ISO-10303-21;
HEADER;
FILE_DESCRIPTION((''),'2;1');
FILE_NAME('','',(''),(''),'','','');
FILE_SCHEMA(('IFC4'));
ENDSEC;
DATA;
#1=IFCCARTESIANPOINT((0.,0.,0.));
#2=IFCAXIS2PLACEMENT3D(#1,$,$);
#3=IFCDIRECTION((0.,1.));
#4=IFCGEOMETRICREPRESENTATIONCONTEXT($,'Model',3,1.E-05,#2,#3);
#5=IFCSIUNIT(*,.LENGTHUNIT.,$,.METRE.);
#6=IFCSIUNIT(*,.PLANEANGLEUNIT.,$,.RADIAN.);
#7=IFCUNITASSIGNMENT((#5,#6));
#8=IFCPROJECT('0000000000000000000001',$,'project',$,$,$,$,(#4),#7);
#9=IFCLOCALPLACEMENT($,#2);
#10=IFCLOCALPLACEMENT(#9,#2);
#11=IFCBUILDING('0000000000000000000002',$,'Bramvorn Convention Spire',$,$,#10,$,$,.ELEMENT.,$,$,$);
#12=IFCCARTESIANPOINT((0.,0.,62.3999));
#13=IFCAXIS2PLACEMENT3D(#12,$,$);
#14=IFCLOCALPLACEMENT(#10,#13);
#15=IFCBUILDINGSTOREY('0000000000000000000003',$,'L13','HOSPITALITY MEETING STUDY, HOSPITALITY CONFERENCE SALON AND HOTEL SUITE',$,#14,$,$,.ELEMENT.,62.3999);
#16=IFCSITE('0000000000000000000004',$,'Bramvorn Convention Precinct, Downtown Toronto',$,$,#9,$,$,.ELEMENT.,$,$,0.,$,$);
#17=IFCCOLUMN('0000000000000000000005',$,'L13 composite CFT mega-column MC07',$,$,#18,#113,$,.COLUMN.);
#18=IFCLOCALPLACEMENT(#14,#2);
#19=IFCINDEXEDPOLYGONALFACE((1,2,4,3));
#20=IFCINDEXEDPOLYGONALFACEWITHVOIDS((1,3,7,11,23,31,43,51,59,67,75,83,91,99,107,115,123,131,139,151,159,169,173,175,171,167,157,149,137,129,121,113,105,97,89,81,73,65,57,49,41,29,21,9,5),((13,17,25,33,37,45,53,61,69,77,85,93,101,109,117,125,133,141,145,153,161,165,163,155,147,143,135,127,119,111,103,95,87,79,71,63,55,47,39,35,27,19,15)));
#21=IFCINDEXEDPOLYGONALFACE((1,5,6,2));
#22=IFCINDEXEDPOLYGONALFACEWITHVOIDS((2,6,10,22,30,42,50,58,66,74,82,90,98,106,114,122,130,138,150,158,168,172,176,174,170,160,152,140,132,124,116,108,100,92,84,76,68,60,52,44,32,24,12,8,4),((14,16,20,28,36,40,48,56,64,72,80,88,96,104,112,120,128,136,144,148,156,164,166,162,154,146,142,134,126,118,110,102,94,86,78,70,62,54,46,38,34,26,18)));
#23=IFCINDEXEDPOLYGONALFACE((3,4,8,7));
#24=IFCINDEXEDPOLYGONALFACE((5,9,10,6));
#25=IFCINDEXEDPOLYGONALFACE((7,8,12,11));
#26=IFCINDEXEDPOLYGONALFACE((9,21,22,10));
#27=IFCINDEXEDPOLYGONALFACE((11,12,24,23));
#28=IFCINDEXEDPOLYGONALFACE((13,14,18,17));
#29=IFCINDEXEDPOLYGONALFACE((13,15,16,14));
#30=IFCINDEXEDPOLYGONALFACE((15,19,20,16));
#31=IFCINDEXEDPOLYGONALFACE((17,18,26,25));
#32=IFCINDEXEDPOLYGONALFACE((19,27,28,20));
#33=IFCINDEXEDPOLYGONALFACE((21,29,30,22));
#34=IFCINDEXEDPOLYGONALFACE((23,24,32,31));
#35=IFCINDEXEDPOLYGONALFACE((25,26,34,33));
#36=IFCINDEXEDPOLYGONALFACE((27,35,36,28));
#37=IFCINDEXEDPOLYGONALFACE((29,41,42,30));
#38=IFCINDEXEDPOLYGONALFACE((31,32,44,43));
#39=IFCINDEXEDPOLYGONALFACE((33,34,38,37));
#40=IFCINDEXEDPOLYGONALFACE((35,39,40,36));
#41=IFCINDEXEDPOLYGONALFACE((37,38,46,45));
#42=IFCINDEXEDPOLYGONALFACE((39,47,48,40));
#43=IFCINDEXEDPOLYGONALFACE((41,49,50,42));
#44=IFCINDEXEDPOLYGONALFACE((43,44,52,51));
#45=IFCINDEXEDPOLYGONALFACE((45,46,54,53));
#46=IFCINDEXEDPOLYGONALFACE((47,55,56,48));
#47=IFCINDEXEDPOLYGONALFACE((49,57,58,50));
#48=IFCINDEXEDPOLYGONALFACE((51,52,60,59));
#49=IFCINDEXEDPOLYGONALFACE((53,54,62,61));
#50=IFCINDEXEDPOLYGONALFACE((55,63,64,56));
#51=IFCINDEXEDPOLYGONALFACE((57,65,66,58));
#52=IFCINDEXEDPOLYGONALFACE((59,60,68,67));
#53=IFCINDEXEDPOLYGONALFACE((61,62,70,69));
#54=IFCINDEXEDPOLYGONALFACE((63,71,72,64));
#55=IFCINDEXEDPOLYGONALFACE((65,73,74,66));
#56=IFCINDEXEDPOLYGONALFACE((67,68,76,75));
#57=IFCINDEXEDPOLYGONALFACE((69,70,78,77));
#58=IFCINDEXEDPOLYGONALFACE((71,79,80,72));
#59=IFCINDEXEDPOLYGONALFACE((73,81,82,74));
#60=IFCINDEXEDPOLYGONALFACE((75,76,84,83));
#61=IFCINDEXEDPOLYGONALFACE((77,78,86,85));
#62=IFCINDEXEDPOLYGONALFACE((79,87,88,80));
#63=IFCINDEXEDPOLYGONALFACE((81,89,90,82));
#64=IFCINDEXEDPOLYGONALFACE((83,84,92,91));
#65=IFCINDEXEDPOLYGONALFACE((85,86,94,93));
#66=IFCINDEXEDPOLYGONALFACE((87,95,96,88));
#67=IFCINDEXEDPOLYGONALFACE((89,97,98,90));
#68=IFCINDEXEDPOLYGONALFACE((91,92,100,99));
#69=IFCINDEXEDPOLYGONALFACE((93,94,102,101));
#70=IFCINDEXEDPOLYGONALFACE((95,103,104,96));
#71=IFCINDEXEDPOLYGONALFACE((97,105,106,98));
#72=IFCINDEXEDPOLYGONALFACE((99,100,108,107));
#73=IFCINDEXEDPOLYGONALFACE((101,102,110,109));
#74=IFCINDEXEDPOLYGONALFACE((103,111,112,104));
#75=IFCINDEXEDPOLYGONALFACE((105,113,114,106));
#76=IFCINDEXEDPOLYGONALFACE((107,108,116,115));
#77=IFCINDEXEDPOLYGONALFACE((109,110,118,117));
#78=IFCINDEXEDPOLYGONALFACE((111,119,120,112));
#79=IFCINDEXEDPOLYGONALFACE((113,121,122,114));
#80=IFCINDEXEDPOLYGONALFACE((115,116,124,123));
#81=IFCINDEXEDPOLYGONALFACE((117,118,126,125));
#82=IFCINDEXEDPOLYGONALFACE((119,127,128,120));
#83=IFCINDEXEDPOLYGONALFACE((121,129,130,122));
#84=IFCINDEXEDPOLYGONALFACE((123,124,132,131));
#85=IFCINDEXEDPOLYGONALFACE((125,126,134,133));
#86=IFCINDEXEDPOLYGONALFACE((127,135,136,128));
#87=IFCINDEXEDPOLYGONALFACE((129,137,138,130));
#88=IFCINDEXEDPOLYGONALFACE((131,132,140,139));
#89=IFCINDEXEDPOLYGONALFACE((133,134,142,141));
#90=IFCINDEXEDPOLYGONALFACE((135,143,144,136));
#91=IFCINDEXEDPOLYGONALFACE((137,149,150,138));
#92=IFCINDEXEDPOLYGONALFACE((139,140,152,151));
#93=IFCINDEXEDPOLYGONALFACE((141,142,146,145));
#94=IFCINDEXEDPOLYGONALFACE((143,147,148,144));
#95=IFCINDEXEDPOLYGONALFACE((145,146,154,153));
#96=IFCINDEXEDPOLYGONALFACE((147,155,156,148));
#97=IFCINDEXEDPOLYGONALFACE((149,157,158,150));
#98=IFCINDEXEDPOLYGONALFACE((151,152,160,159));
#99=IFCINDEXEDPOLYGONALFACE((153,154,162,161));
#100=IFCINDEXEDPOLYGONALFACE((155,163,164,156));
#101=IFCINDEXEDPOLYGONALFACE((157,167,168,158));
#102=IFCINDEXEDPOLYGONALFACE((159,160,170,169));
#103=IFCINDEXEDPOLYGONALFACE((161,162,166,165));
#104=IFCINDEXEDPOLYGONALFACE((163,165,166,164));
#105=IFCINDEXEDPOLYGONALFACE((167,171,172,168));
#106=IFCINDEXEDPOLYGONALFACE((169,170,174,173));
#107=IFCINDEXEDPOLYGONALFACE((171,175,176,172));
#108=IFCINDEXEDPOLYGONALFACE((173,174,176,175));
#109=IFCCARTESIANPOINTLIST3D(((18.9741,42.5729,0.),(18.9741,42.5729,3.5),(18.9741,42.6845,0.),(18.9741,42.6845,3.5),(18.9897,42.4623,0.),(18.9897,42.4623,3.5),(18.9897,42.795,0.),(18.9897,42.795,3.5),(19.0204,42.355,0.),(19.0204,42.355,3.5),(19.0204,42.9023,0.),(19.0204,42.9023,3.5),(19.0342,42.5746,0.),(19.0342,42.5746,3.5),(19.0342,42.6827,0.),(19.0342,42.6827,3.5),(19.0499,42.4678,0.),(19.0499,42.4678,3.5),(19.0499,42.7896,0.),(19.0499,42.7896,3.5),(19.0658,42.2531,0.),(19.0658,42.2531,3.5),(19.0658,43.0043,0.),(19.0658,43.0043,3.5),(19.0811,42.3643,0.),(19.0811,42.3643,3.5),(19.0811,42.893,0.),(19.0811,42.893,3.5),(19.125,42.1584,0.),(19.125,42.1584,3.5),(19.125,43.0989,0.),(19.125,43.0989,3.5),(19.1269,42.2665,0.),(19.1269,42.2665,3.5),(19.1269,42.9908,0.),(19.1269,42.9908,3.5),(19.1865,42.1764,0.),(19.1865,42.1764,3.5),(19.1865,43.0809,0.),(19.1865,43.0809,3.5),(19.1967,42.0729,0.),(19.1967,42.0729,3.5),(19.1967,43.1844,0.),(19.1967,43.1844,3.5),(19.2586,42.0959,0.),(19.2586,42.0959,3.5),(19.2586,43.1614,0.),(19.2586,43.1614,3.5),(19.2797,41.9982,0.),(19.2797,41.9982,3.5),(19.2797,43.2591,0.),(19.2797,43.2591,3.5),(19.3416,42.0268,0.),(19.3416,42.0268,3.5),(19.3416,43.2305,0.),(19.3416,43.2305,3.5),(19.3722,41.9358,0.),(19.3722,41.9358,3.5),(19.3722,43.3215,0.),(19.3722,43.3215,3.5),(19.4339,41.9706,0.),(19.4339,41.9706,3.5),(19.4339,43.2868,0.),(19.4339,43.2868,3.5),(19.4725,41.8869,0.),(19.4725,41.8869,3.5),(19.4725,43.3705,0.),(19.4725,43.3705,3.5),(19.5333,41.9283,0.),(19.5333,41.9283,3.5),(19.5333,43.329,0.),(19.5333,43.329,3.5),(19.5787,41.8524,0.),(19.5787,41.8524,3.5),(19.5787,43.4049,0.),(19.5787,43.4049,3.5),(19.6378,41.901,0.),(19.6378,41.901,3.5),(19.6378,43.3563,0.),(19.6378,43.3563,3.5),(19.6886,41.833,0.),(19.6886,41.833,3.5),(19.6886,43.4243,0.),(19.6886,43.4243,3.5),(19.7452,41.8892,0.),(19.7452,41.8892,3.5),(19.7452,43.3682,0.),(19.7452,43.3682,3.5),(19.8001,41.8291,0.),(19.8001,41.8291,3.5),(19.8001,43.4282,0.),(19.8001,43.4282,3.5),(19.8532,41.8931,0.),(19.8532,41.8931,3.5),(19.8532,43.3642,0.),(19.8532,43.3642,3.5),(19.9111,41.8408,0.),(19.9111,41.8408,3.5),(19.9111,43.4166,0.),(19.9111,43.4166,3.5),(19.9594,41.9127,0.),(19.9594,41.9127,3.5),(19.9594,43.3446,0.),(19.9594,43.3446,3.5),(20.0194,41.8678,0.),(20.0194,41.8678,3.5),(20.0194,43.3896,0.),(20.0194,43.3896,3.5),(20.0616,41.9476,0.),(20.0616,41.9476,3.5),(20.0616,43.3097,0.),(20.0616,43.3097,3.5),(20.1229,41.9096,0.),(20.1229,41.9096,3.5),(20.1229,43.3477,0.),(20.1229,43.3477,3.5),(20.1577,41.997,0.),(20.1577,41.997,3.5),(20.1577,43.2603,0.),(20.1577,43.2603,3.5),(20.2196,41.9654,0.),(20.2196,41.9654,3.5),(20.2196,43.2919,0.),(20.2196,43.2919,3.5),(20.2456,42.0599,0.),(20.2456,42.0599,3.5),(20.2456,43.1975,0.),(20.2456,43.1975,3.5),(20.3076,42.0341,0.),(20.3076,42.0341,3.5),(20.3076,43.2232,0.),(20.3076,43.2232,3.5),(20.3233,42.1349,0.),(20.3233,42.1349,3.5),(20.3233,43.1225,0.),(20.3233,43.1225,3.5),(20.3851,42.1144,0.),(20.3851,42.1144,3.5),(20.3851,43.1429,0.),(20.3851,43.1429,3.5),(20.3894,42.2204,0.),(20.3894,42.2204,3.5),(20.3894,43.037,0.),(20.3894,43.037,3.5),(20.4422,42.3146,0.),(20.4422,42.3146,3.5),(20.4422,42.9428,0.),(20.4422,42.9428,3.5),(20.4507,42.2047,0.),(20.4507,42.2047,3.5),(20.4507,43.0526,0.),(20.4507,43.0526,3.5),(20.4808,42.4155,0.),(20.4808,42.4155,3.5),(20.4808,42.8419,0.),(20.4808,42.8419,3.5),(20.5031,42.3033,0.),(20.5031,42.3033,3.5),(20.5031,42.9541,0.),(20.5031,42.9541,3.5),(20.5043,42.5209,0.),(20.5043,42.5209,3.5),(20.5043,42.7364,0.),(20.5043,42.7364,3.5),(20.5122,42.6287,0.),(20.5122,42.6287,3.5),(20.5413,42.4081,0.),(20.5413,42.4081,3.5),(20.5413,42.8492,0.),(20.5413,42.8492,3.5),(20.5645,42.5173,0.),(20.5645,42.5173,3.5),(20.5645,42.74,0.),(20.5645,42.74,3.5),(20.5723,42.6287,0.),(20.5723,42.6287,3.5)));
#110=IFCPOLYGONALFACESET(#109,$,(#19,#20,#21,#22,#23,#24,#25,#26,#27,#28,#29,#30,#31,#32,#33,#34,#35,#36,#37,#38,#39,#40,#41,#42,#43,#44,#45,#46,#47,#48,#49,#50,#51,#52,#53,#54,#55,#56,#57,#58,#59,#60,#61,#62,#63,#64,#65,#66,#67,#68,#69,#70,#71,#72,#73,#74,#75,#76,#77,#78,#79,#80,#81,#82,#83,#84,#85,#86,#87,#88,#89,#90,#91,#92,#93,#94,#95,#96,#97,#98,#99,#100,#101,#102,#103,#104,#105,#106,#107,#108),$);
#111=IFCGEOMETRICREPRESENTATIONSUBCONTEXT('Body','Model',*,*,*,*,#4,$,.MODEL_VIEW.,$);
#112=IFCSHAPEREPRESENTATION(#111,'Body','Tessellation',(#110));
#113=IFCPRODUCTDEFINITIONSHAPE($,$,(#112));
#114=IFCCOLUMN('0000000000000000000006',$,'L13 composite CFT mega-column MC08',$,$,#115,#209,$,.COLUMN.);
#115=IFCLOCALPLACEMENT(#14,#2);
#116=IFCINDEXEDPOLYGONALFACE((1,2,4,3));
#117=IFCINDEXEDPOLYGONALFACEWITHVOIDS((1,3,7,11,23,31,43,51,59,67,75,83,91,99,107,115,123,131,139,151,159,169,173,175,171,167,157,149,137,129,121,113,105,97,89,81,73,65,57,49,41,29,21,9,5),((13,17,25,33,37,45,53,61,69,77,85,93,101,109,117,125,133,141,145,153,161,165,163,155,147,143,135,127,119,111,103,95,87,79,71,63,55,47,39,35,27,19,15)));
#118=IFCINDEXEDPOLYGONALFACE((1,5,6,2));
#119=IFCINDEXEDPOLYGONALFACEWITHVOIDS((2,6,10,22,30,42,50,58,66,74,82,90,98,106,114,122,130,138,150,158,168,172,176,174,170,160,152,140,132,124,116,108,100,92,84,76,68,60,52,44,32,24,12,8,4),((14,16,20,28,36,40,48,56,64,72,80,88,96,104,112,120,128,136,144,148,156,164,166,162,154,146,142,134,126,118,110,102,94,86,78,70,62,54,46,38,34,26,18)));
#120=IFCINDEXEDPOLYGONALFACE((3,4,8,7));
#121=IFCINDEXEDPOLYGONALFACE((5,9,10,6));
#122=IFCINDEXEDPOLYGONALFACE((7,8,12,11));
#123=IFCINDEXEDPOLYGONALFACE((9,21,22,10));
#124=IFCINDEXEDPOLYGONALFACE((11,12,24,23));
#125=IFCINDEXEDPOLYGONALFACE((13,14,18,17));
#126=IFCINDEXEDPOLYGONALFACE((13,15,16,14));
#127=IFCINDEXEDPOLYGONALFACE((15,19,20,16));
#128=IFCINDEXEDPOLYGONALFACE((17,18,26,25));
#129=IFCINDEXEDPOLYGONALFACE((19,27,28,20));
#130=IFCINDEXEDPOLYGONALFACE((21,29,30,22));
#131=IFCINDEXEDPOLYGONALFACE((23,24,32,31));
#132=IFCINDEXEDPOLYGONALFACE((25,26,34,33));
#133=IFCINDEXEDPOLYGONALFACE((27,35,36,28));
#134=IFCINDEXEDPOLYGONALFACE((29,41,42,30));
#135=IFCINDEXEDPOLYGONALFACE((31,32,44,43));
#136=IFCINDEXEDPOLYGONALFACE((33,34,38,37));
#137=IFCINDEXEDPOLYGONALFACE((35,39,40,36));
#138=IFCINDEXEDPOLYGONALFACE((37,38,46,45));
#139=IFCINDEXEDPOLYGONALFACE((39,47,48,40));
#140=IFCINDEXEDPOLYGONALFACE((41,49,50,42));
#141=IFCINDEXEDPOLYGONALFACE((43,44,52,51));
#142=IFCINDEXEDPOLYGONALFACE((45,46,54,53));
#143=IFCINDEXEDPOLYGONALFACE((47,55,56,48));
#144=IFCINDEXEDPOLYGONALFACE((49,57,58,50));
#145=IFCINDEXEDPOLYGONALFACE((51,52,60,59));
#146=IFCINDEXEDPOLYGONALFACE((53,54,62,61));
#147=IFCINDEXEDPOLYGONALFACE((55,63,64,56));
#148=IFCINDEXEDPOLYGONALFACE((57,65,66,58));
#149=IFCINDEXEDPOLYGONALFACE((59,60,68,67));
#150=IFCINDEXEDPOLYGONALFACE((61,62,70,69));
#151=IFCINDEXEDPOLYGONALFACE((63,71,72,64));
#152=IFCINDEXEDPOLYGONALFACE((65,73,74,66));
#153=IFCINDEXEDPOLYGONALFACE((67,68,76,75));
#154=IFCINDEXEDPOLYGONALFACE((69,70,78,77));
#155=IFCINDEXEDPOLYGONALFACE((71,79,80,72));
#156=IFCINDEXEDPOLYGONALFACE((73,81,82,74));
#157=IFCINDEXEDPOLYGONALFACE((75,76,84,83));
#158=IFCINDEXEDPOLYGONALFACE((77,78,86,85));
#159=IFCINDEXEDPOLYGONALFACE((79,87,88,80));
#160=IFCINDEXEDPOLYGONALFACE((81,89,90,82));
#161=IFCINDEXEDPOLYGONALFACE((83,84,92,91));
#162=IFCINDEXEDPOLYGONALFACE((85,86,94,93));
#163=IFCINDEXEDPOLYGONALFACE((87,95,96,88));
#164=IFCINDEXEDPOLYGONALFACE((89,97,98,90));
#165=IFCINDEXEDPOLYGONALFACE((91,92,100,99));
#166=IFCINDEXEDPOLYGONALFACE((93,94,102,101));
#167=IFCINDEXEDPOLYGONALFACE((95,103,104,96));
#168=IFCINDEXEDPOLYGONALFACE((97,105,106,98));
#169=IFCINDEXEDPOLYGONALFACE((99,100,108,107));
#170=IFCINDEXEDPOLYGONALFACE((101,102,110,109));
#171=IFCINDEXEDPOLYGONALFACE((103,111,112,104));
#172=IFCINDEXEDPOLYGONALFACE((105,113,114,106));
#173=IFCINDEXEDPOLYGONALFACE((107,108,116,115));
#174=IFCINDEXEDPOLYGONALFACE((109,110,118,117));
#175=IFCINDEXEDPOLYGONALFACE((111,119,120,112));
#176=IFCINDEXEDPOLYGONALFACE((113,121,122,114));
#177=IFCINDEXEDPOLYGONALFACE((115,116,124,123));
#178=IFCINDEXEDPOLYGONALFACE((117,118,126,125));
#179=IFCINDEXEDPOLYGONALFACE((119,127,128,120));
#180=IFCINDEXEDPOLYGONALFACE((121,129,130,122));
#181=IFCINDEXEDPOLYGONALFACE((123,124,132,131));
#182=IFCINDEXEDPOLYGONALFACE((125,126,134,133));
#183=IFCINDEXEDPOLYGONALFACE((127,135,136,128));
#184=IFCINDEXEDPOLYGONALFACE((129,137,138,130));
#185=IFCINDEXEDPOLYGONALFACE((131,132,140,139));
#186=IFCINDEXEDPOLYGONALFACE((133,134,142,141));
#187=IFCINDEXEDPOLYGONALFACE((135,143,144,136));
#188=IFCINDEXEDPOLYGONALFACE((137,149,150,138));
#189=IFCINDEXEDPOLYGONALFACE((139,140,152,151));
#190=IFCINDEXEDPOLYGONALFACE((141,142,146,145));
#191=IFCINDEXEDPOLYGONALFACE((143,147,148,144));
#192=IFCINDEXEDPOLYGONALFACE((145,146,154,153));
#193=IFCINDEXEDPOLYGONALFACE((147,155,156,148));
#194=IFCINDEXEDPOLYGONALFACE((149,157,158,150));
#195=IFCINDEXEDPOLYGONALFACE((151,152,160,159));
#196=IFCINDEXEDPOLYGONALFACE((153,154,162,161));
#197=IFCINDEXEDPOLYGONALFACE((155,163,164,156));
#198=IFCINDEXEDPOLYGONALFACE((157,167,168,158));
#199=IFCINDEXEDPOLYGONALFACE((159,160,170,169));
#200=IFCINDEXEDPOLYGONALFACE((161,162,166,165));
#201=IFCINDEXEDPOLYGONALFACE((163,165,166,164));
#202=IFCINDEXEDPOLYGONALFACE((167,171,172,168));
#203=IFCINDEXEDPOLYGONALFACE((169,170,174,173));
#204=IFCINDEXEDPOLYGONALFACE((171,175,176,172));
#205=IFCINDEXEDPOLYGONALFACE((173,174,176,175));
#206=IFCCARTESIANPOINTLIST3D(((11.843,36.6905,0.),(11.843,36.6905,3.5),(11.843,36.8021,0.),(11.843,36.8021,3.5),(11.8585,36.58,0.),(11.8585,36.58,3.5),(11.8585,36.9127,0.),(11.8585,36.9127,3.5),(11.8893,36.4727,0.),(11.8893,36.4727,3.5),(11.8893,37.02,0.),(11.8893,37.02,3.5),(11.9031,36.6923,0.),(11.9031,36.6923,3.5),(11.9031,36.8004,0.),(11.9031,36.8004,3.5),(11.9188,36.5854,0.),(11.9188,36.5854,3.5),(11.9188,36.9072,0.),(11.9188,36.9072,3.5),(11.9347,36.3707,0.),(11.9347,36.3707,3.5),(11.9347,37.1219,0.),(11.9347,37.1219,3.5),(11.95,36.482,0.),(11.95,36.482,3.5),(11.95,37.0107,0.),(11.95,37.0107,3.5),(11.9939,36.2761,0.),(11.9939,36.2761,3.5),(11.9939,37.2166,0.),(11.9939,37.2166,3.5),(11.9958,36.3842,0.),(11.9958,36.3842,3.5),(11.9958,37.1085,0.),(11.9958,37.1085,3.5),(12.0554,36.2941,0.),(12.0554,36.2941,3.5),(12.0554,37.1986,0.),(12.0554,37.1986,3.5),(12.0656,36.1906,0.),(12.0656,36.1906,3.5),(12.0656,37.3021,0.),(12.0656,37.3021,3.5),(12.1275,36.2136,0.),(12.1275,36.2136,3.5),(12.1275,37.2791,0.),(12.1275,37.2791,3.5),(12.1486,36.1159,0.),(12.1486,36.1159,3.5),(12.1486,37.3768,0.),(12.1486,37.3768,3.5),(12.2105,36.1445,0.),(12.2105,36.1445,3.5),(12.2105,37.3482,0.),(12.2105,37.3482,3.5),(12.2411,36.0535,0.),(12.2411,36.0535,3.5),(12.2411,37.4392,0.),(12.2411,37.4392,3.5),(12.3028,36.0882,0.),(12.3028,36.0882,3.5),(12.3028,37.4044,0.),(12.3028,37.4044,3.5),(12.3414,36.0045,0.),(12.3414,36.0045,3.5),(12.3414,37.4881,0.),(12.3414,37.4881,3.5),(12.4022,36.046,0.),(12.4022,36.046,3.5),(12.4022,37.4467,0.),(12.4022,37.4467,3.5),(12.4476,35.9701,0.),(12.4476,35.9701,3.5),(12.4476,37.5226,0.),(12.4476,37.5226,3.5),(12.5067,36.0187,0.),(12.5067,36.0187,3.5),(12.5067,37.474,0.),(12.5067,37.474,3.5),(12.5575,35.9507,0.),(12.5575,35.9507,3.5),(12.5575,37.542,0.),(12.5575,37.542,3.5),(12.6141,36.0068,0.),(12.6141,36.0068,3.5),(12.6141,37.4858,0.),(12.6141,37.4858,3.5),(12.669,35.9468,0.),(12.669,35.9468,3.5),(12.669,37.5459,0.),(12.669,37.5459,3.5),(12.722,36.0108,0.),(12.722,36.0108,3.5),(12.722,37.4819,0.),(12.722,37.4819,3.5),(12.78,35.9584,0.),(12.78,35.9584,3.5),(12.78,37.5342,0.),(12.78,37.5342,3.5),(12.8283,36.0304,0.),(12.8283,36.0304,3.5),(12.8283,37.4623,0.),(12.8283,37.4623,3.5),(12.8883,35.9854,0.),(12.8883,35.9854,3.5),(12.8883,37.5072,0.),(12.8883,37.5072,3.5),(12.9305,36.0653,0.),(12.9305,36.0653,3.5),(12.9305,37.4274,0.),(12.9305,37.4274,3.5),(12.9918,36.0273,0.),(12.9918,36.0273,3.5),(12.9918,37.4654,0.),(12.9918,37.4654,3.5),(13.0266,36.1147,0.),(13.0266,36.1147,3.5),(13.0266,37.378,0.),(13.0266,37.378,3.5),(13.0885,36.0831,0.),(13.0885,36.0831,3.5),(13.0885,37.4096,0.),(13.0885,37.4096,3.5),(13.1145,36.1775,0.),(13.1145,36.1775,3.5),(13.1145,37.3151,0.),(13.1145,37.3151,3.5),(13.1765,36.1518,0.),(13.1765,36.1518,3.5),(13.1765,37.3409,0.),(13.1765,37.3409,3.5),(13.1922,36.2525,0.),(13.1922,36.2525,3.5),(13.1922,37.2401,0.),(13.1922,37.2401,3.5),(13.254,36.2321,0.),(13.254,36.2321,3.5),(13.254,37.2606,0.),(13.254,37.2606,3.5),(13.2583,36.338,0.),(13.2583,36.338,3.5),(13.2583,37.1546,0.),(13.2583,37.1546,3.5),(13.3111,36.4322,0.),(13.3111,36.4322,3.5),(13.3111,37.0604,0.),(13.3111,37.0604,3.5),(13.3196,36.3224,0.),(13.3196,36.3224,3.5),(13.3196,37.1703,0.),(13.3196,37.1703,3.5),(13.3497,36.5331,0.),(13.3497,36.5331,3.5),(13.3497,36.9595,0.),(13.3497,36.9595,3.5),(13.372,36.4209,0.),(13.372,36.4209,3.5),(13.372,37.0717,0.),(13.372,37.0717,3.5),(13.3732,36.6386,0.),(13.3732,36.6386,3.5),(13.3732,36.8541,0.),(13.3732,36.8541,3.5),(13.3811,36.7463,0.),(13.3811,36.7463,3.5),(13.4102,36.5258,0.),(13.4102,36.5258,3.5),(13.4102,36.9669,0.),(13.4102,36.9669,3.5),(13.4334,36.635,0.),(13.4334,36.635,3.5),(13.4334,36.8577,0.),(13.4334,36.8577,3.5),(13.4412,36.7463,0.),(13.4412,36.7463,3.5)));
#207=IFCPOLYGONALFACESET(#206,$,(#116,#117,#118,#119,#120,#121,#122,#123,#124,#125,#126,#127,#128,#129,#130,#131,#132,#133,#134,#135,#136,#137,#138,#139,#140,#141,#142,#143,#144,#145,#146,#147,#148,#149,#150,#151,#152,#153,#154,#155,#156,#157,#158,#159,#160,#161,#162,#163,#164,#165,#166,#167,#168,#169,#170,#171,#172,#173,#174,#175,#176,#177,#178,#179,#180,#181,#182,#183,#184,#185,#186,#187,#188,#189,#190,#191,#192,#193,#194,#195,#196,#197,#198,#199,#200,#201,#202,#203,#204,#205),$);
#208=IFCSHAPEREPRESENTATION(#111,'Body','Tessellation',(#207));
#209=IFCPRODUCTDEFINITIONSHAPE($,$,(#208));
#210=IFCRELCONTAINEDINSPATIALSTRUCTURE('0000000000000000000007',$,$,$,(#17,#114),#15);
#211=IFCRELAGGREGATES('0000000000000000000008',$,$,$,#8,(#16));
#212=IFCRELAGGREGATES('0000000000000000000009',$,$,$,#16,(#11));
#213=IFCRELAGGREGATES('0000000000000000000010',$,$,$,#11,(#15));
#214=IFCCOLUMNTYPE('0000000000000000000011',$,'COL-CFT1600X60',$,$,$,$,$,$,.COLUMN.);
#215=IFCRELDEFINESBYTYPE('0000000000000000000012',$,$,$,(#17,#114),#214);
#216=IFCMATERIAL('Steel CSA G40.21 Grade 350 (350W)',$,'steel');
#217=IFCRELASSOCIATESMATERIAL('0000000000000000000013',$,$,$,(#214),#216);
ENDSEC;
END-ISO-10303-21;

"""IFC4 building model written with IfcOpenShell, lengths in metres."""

from ifc_helpers import new_model, si_unit, direction, frame, origin, origin_2d, place, context, subcontext, project, spatial, hollow_circle, extrude, material, material_profile, profile_set, type_object, element, save


model = new_model("IFC4")

# Units and contexts
model_context = context("Model", 3, precision=1e-05, world=origin(), true_north=direction((0.0, 1.0)))
body_context = subcontext(model_context, "Body", "Model", "MODEL_VIEW")
ifc_project = project(units=[si_unit("LENGTHUNIT", "METRE"), si_unit("PLANEANGLEUNIT", "RADIAN")], contexts=[model_context])

# Site, building, storey
site_placement = place(None, origin())
site = spatial("IfcSite", under=ifc_project, at=site_placement, Name="Bramvorn Convention Precinct, Downtown Toronto", CompositionType="ELEMENT", RefElevation=0.0)
building_placement = place(site_placement, origin())
building = spatial("IfcBuilding", under=site, at=building_placement, Name="Bramvorn Convention Spire", CompositionType="ELEMENT")
storey_placement = place(building_placement, frame((0.0, 0.0, 62.3999)))
storey = spatial("IfcBuildingStorey", under=building, at=storey_placement, Name="L13", Description="HOSPITALITY MEETING STUDY, HOSPITALITY CONFERENCE SALON AND HOTEL SUITE", CompositionType="ELEMENT", Elevation=62.3999)

# Columns
ifc_material_1 = material(Name="Steel CSA G40.21 Grade 350 (350W)", Category="steel")
ifc_material_profile_1 = material_profile(ifc_material_1, hollow_circle(Radius=0.8, WallThickness=0.0601, at=origin_2d()))
ifc_profile_set_1 = profile_set([ifc_material_profile_1], Name="Steel CSA G40.21 Grade 350 (350W) - CFT1600X60")
column_type = type_object("IfcColumnType", Name="COL-CFT1600X60", PredefinedType="COLUMN", material=ifc_profile_set_1)
for number, where, z_axis, x_axis, name in (
    (1, (19.7722, 42.6287, 0.0), (0.0, 0.0, 1.0), (1.0, 0.0, 0.0), "L13 composite CFT mega-column MC07"),
    (2, (12.6411, 36.7463, 0.0), (0.0, 0.0, 1.0), (1.0, 0.0, 0.0), "L13 composite CFT mega-column MC08"),
):
    element("IfcColumn", number, at=place(storey_placement, frame(where, z_axis=z_axis, x_axis=x_axis)), inside=storey, type_object=column_type, Name=name, PredefinedType="COLUMN", context=body_context, shape_type="SweptSolid", body=[
        extrude(hollow_circle(Radius=0.8, WallThickness=0.0601, at=origin_2d()), origin(), (0.0, 0.0, 1.0), 3.5),
    ])

save(model, "model.ifc")
